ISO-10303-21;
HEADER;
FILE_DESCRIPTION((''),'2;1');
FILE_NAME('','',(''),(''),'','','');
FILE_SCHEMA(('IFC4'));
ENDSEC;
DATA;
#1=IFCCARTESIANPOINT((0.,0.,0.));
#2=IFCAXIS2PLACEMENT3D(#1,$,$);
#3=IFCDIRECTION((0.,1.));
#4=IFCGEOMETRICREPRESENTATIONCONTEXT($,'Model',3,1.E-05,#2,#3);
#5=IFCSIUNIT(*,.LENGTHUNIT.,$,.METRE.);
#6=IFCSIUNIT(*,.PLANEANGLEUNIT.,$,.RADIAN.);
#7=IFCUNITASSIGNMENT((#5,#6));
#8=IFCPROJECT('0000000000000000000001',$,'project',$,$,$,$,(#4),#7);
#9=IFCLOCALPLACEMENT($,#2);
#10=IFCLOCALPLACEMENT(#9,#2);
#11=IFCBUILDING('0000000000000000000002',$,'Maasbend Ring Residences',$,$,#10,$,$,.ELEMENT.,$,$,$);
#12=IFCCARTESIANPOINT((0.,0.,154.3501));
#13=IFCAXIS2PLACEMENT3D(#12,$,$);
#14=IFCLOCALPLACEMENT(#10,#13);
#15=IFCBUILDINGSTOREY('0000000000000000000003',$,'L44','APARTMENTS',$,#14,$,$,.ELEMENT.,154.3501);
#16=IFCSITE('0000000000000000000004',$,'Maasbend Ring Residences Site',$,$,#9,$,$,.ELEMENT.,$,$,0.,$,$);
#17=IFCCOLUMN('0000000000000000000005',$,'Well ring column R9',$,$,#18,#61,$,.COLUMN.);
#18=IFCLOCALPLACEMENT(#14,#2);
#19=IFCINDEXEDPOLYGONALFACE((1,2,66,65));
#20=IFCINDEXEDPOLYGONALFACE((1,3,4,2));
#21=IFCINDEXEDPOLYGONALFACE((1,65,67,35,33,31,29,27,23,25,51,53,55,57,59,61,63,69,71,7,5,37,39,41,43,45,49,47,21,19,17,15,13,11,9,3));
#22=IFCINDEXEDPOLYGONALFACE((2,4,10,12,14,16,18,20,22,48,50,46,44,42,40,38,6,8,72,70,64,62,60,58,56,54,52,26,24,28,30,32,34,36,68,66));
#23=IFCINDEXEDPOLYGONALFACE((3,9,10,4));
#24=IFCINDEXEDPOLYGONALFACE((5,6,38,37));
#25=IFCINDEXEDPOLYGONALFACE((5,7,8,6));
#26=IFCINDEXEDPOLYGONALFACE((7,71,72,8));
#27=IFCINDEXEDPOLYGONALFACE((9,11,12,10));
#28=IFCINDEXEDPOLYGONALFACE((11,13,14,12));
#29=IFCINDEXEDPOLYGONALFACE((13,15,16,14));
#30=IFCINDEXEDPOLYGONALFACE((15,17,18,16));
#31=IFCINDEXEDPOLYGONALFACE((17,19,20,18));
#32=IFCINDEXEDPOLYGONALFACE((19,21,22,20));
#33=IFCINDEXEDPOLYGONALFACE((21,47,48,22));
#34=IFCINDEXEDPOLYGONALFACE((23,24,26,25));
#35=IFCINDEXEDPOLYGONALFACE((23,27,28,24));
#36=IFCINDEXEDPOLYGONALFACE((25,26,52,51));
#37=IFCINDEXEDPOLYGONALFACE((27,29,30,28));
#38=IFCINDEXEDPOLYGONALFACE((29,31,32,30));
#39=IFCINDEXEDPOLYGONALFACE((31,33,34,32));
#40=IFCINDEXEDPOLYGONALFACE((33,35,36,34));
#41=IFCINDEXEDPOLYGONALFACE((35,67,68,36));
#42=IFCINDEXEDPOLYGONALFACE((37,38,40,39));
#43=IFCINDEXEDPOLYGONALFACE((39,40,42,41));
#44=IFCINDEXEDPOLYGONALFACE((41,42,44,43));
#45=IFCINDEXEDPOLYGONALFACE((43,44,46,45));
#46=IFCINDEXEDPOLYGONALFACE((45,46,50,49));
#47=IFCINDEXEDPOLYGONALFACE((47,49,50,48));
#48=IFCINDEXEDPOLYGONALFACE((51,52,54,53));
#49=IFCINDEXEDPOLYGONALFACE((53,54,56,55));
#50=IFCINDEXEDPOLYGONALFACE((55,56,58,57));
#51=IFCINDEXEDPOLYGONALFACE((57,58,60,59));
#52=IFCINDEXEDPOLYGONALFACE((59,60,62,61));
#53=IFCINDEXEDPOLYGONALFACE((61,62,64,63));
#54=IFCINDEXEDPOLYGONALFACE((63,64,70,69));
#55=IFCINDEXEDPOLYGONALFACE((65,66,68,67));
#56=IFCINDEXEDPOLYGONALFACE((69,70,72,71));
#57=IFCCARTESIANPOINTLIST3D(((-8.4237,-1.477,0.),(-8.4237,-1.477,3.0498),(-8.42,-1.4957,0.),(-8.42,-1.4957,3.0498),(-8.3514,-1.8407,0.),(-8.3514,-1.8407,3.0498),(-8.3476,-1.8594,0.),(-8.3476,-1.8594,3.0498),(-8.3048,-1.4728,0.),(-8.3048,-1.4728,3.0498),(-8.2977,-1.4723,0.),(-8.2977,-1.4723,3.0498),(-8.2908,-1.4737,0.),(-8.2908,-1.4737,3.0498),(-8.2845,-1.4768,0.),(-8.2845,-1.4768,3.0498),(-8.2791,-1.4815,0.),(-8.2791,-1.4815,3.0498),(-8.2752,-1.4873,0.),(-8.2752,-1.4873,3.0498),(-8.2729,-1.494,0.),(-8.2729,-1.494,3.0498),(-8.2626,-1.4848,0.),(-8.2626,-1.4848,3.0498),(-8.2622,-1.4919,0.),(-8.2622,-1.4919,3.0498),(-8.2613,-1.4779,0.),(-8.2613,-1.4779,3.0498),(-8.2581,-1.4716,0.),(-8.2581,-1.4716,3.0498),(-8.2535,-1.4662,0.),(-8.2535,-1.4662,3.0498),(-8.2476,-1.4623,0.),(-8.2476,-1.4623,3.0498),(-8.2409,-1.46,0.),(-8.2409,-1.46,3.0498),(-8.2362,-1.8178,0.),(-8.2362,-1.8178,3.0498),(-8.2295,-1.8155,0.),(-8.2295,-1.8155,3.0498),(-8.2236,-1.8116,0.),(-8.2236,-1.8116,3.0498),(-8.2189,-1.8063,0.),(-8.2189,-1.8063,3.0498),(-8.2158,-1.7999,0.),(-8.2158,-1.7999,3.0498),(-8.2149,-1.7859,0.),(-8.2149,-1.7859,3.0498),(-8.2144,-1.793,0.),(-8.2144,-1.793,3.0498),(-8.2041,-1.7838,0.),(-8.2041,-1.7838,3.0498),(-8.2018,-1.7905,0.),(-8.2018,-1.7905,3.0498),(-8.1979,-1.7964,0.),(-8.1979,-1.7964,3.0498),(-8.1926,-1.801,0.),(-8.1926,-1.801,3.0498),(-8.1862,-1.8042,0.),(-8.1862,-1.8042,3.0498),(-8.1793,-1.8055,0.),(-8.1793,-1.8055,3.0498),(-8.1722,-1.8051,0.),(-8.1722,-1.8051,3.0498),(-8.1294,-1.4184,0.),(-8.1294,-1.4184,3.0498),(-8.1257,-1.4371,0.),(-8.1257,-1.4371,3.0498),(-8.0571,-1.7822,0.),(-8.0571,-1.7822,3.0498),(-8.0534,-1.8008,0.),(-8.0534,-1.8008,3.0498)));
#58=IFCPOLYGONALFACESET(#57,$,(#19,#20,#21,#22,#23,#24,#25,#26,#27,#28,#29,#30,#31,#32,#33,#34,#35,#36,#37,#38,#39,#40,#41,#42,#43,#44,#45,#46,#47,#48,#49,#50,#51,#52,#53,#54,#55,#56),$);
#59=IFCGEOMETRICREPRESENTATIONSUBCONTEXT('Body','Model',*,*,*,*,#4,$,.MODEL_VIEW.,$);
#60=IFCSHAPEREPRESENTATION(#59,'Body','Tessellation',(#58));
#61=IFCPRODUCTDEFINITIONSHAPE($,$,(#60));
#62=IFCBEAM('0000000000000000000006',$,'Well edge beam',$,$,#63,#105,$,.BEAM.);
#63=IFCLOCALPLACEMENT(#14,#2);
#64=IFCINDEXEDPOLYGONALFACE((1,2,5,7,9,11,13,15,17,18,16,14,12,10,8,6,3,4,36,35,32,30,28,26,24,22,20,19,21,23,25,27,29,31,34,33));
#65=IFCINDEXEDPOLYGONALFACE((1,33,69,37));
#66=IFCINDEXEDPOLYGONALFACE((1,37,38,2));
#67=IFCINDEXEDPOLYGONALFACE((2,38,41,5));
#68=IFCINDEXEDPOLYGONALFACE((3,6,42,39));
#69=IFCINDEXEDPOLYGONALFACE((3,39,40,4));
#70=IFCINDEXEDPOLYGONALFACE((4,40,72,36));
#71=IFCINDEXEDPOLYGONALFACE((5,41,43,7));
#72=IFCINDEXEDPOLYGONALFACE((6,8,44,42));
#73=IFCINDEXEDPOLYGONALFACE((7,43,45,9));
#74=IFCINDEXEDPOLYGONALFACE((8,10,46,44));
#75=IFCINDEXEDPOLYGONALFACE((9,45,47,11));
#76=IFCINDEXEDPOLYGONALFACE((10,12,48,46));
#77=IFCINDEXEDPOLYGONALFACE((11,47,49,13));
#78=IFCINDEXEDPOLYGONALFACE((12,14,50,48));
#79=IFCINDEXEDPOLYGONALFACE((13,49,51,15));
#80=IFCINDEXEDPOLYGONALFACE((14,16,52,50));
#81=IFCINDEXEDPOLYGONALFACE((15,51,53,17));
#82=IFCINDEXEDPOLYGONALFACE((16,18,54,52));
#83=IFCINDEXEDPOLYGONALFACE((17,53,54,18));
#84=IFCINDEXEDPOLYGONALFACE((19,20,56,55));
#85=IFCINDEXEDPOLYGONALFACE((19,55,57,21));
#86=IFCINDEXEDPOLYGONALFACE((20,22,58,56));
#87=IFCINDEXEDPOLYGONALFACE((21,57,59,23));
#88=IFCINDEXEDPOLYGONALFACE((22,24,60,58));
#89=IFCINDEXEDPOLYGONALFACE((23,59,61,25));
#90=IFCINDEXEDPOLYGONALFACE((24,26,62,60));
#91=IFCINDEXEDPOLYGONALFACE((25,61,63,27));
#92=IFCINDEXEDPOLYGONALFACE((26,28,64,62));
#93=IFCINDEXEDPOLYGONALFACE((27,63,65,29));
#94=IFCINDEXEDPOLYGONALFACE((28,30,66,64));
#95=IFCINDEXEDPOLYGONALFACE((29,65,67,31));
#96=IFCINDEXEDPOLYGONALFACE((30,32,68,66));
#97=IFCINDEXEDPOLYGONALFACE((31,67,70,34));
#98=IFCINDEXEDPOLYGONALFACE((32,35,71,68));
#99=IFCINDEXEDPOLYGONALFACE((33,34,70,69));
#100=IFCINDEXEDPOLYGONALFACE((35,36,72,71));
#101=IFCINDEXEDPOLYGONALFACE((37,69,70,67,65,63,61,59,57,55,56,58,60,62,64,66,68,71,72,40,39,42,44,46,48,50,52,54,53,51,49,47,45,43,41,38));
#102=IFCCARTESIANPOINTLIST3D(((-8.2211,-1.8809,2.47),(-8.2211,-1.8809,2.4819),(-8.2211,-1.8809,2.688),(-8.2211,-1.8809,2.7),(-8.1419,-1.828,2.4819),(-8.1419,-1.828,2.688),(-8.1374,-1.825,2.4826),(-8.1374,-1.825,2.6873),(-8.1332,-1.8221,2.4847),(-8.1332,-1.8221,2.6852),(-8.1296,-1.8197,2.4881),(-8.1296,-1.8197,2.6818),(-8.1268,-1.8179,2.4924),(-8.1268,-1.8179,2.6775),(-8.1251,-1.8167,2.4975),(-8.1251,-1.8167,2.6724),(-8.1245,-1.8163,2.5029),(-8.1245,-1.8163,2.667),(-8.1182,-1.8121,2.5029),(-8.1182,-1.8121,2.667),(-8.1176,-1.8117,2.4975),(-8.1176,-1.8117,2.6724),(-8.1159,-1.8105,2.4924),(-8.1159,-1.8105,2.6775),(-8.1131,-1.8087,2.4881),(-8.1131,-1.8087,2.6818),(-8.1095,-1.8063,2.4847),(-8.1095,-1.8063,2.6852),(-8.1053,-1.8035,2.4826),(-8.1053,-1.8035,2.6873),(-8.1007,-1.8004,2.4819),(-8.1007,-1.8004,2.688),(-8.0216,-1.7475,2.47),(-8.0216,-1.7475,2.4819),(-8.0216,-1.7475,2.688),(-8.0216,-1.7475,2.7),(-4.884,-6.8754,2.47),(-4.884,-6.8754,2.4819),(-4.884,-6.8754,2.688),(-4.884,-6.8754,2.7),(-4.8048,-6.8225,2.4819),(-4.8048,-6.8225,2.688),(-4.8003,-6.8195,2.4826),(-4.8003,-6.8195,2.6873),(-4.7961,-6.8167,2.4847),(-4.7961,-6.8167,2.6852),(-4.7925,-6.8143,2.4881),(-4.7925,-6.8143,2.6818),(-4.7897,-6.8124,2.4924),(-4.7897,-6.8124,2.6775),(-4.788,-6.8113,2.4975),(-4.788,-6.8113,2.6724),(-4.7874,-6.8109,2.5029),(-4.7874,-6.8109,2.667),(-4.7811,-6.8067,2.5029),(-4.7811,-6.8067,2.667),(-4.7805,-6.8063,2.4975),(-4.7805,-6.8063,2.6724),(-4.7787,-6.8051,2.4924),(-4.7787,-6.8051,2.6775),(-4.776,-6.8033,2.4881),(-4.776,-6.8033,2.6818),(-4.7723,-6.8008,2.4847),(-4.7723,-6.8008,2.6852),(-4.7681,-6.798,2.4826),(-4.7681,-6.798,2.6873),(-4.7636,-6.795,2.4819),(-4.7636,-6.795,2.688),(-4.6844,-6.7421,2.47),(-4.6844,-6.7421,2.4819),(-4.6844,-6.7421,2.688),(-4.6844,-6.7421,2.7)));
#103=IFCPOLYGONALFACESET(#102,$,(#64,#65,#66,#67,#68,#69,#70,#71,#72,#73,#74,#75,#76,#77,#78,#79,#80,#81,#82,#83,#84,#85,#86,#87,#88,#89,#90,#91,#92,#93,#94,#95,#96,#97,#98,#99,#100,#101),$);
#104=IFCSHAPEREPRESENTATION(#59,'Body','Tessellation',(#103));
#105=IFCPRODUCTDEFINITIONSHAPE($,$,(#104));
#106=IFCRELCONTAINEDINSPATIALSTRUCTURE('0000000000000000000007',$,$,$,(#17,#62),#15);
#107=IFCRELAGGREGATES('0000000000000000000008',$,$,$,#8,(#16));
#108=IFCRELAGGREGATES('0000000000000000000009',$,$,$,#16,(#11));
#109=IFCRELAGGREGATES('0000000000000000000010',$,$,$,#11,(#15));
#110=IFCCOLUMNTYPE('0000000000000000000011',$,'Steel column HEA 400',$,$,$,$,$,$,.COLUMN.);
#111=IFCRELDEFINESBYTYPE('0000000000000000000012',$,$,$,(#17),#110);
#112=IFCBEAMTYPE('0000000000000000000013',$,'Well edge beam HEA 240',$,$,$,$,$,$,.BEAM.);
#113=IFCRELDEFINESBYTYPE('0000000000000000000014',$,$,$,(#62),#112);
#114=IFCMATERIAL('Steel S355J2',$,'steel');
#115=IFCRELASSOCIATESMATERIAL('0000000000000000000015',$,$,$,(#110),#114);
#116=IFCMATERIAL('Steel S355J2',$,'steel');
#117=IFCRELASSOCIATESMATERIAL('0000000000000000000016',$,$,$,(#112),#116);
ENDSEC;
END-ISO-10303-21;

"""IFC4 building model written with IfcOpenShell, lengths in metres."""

from ifc_helpers import new_model, si_unit, direction, frame, origin, origin_2d, place, context, subcontext, project, spatial, i_section, extrude, material, material_profile, profile_set, type_object, element, save


model = new_model("IFC4")

# Units and contexts
model_context = context("Model", 3, precision=1e-05, world=origin(), true_north=direction((0.0, 1.0)))
body_context = subcontext(model_context, "Body", "Model", "MODEL_VIEW")
ifc_project = project(units=[si_unit("LENGTHUNIT", "METRE"), si_unit("PLANEANGLEUNIT", "RADIAN")], contexts=[model_context])

# Site, building, storey
site_placement = place(None, origin())
site = spatial("IfcSite", under=ifc_project, at=site_placement, Name="Maasbend Ring Residences Site", CompositionType="ELEMENT", RefElevation=0.0)
building_placement = place(site_placement, origin())
building = spatial("IfcBuilding", under=site, at=building_placement, Name="Maasbend Ring Residences", CompositionType="ELEMENT")
storey_placement = place(building_placement, frame((0.0, 0.0, 154.3501)))
storey = spatial("IfcBuildingStorey", under=building, at=storey_placement, Name="L44", Description="APARTMENTS", CompositionType="ELEMENT", Elevation=154.3501)

# Column
ifc_material_1 = material(Name="Steel S355J2", Category="steel")
ifc_material_profile_1 = material_profile(ifc_material_1, i_section(OverallWidth=0.3, OverallDepth=0.3899, WebThickness=0.011, FlangeThickness=0.019, FilletRadius=0.0271, at=origin_2d()), Name="HEA 400")
ifc_profile_set_1 = profile_set([ifc_material_profile_1], Name="Steel S355J2")
column_type = type_object("IfcColumnType", Name="Steel column HEA 400", PredefinedType="COLUMN", material=ifc_profile_set_1)
column_placement = place(storey_placement, frame((-8.2385, -1.6389, 0.0), z_axis=(0.0, 0.0, 1.0), x_axis=(-0.980785, -0.19509, 0.0)))
element("IfcColumn", 1, at=column_placement, inside=storey, type_object=column_type, Name="Well ring column R9", PredefinedType="COLUMN", context=body_context, shape_type="SweptSolid", body=[
    extrude(i_section(OverallWidth=0.3, OverallDepth=0.3899, WebThickness=0.011, FlangeThickness=0.019, FilletRadius=0.0271, at=origin_2d()), origin(), (0.0, 0.0, 1.0), 3.0498),
])

# Beam
ifc_material_2 = material(Name="Steel S355J2", Category="steel")
ifc_material_profile_2 = material_profile(ifc_material_2, i_section(OverallWidth=0.24, OverallDepth=0.23, WebThickness=0.0076, FlangeThickness=0.012, FilletRadius=0.021, at=origin_2d()), Name="HEA 240")
ifc_profile_set_2 = profile_set([ifc_material_profile_2], Name="Steel S355J2")
beam_type = type_object("IfcBeamType", Name="Well edge beam HEA 240", PredefinedType="BEAM", material=ifc_profile_set_2)
beam_placement = place(storey_placement, frame((-8.1213, -1.8142, 2.585), z_axis=(0.555553, -0.831481, 0.0), x_axis=(0.831481, 0.555553, 0.0)))
element("IfcBeam", 2, at=beam_placement, inside=storey, type_object=beam_type, Name="Well edge beam", PredefinedType="BEAM", context=body_context, shape_type="SweptSolid", body=[
    extrude(i_section(OverallWidth=0.24, OverallDepth=0.23, WebThickness=0.0076, FlangeThickness=0.012, FilletRadius=0.021, at=origin_2d()), origin(), (0.0, 0.0, 1.0), 6.0068),
])

save(model, "model.ifc")
